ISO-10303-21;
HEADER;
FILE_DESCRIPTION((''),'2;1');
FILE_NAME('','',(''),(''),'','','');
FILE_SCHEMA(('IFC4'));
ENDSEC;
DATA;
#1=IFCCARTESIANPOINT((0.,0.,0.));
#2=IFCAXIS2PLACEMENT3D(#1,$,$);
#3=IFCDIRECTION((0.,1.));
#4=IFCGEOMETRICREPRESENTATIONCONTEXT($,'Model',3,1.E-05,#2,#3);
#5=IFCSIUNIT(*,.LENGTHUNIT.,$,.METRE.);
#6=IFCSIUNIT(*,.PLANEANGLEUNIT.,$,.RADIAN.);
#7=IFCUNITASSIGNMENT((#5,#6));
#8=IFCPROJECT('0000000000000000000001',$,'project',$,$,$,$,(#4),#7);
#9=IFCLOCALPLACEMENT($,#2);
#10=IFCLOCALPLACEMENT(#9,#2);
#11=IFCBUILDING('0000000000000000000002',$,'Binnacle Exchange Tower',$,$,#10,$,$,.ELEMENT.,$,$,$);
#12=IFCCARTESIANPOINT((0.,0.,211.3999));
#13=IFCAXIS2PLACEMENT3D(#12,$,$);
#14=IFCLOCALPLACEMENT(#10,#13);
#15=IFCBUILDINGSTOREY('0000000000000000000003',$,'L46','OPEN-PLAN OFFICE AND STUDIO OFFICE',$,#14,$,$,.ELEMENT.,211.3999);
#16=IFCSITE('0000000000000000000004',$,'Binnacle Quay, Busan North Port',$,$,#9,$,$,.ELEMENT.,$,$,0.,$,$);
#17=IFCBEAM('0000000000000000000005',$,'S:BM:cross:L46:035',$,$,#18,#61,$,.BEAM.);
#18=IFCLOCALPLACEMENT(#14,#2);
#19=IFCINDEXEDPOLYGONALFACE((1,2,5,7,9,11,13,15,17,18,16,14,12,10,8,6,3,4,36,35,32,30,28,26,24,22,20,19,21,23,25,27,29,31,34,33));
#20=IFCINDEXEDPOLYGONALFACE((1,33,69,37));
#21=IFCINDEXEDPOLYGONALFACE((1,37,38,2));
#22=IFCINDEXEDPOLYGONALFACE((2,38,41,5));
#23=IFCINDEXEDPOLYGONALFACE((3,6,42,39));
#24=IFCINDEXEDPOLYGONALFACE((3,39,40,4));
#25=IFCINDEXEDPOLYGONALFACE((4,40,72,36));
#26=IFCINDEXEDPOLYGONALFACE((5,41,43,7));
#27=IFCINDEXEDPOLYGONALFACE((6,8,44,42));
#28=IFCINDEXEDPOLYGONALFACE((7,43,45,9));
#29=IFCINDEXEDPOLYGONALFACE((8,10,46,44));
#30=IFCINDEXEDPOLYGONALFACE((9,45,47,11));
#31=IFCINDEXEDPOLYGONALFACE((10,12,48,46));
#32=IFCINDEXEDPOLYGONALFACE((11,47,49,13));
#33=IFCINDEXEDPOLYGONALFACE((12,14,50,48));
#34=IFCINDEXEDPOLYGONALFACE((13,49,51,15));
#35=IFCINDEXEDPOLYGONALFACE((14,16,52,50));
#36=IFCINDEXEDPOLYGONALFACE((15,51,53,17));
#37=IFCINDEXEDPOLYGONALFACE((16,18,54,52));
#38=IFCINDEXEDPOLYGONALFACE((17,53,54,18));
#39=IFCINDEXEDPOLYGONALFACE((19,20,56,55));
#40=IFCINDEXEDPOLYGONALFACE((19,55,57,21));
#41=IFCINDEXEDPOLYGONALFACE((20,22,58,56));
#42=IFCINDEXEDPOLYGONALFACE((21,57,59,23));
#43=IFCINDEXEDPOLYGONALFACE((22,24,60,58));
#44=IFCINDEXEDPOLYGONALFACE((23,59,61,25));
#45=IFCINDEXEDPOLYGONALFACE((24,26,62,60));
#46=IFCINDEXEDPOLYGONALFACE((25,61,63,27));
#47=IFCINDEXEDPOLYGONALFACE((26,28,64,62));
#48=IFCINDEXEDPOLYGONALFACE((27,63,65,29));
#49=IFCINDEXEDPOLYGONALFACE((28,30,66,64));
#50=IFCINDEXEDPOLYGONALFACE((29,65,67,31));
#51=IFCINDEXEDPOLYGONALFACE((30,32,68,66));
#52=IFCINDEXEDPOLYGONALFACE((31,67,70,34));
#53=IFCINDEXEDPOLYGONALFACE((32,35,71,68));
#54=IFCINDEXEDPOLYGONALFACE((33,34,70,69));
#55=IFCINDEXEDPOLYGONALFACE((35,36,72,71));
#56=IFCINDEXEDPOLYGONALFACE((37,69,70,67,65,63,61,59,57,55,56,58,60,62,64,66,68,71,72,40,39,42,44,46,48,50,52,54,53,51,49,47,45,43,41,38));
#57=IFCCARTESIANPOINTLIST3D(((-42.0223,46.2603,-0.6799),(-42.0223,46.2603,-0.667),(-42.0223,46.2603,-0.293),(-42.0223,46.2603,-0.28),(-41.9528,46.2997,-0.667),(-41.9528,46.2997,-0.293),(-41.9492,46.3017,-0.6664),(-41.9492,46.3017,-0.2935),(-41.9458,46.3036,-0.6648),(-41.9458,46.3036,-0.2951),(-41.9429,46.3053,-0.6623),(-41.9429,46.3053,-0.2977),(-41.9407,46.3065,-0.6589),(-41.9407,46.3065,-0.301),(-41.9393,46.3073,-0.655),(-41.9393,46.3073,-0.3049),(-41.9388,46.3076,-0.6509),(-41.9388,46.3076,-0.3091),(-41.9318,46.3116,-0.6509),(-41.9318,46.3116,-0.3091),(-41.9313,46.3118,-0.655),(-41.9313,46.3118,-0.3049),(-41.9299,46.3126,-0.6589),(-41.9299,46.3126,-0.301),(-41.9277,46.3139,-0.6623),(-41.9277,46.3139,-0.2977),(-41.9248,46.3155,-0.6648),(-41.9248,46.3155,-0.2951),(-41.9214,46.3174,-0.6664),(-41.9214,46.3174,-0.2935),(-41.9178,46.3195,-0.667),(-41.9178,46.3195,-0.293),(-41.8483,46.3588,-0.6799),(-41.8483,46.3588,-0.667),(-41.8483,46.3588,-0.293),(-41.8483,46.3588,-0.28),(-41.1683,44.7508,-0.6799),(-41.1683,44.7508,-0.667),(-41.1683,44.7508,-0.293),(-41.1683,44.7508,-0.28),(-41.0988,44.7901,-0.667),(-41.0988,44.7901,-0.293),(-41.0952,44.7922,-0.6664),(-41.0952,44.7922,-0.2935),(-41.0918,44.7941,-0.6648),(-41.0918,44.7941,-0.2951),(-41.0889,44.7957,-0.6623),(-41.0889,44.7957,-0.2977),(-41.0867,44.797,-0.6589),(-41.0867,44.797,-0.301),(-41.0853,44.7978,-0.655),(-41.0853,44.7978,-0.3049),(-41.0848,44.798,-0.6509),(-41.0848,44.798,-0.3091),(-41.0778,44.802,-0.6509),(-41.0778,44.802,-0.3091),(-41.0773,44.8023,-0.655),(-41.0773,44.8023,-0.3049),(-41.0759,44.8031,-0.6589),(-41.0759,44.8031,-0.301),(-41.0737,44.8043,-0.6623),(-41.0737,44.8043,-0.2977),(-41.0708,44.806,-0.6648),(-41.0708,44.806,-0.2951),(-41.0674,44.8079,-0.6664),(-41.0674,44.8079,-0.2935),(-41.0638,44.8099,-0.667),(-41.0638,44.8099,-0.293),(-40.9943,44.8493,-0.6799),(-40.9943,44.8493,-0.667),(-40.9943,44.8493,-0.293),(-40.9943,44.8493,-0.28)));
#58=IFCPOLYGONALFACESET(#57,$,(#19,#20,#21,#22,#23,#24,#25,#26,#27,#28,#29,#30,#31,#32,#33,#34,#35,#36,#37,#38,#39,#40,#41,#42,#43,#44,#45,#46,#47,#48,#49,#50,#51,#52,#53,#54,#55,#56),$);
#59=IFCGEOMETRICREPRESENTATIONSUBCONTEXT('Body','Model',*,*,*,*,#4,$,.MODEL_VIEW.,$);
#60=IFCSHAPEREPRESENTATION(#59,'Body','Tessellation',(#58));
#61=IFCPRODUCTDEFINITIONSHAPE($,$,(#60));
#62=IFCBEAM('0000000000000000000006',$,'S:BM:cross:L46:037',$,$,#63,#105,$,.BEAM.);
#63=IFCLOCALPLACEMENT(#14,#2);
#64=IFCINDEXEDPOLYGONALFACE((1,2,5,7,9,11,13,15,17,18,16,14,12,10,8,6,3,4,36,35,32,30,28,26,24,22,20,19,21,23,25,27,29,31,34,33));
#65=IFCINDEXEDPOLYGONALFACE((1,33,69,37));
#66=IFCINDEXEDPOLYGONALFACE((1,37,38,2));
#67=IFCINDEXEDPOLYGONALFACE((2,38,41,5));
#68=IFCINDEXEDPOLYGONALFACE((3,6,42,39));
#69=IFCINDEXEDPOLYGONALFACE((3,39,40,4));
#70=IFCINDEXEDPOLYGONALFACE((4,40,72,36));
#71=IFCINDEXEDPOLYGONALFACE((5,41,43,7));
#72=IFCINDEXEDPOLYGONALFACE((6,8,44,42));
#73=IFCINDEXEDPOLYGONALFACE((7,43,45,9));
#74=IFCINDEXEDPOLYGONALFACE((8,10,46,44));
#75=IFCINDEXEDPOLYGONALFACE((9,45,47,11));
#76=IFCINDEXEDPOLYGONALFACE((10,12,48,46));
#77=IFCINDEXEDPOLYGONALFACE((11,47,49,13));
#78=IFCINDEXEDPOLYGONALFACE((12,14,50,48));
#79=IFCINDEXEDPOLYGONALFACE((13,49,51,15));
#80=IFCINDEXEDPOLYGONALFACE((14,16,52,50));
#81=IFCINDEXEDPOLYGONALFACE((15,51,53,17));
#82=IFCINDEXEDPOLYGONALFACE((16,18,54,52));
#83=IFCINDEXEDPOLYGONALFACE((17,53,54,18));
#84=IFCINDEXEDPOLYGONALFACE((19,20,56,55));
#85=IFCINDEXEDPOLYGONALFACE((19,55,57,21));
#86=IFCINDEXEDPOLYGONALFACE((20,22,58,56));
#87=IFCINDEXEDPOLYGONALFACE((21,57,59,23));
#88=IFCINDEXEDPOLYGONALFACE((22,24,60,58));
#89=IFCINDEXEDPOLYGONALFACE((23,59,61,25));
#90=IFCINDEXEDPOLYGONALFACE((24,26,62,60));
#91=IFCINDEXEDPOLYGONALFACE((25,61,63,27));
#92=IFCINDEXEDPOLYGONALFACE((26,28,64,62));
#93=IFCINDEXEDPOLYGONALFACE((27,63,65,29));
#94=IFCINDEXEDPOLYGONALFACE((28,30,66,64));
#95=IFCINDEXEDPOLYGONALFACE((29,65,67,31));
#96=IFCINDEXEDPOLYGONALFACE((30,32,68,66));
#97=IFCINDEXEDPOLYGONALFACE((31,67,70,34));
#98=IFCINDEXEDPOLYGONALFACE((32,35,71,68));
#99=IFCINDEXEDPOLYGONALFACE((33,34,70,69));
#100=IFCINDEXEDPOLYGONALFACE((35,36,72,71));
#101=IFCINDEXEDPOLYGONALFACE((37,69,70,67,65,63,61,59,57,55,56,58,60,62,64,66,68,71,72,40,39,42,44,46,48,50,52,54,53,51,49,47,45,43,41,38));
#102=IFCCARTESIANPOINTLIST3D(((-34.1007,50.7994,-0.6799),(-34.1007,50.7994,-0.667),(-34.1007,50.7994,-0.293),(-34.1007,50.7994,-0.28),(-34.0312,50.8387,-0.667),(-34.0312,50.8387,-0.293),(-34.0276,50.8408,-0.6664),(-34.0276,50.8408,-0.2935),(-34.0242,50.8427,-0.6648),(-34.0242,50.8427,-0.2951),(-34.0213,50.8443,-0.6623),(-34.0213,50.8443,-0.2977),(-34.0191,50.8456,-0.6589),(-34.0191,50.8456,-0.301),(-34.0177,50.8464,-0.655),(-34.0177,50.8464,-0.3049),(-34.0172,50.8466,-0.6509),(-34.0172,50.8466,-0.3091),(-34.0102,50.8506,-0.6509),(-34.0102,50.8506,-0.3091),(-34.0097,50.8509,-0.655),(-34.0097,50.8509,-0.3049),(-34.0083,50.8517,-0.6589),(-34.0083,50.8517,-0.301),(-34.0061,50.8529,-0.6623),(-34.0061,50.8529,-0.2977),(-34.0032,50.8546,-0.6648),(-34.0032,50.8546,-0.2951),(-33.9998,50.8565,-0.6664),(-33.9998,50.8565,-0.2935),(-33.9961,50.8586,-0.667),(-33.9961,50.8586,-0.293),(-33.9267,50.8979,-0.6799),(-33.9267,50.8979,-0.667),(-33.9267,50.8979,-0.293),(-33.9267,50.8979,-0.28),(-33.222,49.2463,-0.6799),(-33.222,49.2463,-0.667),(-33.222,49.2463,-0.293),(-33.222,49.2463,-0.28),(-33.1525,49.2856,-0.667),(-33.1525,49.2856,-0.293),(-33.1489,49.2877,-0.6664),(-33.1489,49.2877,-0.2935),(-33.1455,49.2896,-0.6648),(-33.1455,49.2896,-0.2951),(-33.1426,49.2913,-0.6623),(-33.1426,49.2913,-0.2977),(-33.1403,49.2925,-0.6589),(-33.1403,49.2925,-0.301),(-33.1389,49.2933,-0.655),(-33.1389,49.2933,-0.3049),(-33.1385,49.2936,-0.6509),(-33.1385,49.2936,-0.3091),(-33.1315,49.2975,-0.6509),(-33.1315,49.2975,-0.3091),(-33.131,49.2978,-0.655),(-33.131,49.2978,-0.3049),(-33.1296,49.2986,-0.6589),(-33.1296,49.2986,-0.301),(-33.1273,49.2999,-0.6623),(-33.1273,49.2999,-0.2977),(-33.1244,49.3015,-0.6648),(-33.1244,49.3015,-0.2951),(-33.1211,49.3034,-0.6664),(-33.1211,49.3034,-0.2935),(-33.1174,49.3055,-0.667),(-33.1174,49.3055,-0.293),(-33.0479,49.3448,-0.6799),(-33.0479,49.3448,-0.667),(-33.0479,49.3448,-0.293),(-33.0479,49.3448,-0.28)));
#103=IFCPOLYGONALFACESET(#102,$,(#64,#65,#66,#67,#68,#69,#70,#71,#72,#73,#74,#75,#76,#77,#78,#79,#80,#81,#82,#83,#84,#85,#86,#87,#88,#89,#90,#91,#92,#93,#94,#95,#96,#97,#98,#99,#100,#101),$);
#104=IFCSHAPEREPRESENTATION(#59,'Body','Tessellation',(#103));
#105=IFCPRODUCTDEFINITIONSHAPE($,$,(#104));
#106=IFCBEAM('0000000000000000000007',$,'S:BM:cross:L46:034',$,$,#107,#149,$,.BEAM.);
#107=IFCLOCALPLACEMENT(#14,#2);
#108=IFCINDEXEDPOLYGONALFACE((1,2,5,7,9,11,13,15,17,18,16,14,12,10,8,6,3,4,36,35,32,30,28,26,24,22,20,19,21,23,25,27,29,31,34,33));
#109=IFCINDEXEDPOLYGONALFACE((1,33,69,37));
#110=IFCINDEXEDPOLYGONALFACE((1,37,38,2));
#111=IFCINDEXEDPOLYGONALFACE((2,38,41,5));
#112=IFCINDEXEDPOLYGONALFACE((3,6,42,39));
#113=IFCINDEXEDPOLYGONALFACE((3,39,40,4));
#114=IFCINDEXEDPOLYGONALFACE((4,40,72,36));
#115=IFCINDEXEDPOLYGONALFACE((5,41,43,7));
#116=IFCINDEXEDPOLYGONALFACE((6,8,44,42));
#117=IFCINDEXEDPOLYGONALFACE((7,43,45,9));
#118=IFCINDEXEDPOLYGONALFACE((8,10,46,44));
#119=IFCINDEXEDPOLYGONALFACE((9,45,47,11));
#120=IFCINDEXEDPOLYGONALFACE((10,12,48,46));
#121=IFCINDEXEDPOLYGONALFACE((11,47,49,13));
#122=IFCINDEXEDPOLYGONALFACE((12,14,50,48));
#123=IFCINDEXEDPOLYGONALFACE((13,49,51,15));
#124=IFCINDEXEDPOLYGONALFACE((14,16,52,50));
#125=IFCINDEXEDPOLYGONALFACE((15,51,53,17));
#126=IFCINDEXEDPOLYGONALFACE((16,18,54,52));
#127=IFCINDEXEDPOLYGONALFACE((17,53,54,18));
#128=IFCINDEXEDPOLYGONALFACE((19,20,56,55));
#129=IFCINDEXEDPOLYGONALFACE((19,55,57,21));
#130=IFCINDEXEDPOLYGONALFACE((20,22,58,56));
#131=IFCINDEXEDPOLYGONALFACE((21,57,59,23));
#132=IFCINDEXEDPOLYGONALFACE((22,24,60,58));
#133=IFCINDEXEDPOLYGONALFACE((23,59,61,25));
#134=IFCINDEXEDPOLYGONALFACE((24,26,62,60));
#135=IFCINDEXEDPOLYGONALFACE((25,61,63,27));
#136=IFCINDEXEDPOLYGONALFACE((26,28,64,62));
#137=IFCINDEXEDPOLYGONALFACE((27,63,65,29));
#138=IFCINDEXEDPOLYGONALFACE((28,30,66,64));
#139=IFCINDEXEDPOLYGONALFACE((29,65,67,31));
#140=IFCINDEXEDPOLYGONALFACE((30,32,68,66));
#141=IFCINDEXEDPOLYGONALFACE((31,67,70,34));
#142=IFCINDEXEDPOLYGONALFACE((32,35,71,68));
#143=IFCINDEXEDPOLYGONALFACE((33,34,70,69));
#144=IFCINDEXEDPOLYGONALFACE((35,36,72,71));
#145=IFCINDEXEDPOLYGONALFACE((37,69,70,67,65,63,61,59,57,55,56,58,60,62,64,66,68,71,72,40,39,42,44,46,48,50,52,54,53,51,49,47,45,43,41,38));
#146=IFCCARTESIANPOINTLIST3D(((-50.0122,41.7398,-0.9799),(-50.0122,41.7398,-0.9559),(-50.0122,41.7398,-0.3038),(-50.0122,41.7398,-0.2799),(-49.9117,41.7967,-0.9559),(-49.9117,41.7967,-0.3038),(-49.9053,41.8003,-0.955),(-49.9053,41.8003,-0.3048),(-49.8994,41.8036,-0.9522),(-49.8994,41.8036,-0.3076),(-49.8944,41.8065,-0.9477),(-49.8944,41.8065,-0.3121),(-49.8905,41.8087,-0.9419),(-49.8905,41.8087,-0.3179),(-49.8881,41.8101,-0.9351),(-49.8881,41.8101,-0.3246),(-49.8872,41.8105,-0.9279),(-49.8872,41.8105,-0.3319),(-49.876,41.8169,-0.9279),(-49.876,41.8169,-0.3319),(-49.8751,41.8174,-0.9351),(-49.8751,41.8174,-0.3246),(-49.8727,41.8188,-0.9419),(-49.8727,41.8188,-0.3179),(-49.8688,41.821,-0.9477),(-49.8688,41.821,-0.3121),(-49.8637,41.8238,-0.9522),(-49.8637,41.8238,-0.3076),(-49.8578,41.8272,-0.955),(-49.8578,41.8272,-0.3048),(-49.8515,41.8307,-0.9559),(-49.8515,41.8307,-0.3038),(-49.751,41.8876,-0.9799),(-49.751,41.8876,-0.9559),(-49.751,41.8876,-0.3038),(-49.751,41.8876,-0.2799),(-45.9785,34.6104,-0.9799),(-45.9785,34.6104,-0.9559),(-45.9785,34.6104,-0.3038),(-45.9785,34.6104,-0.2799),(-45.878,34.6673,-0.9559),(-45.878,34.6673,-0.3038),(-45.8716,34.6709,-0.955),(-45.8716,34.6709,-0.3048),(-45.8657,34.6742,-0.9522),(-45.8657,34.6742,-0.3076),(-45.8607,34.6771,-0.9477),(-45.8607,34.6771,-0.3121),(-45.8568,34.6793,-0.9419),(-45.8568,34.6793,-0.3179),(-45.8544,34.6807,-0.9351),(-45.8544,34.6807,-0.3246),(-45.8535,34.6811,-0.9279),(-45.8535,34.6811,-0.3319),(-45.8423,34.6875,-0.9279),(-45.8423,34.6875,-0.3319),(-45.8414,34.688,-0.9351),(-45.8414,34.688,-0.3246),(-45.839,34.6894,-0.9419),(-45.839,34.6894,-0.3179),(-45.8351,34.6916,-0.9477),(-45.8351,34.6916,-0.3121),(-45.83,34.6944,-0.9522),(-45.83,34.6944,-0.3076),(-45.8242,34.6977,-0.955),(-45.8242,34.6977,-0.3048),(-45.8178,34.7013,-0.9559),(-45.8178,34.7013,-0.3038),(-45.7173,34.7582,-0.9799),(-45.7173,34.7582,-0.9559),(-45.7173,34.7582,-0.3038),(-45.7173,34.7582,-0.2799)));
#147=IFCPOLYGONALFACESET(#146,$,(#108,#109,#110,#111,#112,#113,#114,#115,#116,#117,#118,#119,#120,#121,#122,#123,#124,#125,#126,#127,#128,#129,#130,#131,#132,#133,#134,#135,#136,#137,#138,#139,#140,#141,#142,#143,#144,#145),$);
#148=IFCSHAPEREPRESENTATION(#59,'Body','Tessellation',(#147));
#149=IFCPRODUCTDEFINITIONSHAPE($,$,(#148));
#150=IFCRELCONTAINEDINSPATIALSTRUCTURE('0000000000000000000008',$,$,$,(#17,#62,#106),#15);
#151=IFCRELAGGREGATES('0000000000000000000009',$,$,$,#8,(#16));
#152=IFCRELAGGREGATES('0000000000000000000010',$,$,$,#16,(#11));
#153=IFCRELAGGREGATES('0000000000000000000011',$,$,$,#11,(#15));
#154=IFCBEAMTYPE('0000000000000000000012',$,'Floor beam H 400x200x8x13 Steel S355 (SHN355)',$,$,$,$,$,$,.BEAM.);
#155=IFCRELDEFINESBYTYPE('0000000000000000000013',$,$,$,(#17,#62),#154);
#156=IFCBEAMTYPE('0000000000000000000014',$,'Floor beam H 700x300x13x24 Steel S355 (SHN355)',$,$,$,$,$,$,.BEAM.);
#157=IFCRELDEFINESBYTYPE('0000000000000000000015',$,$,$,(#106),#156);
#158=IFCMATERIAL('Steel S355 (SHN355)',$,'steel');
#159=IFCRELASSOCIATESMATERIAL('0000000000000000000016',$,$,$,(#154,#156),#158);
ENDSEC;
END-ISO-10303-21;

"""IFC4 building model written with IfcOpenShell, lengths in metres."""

from ifc_helpers import new_model, si_unit, direction, frame, origin, origin_2d, place, context, subcontext, project, spatial, i_section, extrude, material, material_profile, profile_set, type_object, element, save


model = new_model("IFC4")

# Units and contexts
model_context = context("Model", 3, precision=1e-05, world=origin(), true_north=direction((0.0, 1.0)))
body_context = subcontext(model_context, "Body", "Model", "MODEL_VIEW")
ifc_project = project(units=[si_unit("LENGTHUNIT", "METRE"), si_unit("PLANEANGLEUNIT", "RADIAN")], contexts=[model_context])

# Site, building, storey
site_placement = place(None, origin())
site = spatial("IfcSite", under=ifc_project, at=site_placement, Name="Binnacle Quay, Busan North Port", CompositionType="ELEMENT", RefElevation=0.0)
building_placement = place(site_placement, origin())
building = spatial("IfcBuilding", under=site, at=building_placement, Name="Binnacle Exchange Tower", CompositionType="ELEMENT")
storey_placement = place(building_placement, frame((0.0, 0.0, 211.3999)))
storey = spatial("IfcBuildingStorey", under=building, at=storey_placement, Name="L46", Description="OPEN-PLAN OFFICE AND STUDIO OFFICE", CompositionType="ELEMENT", Elevation=211.3999)

# Beams
ifc_material_1 = material(Name="Steel S355 (SHN355)", Category="steel")
ifc_material_profile_1 = material_profile(ifc_material_1, i_section(OverallWidth=0.2, OverallDepth=0.3999, WebThickness=0.0081, FlangeThickness=0.0129, FilletRadius=0.0161, at=origin_2d()), Name="H 400x200x8x13")
ifc_profile_set_1 = profile_set([ifc_material_profile_1], Name="Steel S355 (SHN355)")
beam_type_1 = type_object("IfcBeamType", Name="Floor beam H 400x200x8x13 Steel S355 (SHN355)", PredefinedType="BEAM", material=ifc_profile_set_1)
beam_1_placement = place(storey_placement, frame((-41.9353, 46.3096, -0.48), z_axis=(0.492405, -0.870366, 0.0), x_axis=(0.870366, 0.492405, 0.0)))
element("IfcBeam", 1, at=beam_1_placement, inside=storey, type_object=beam_type_1, Name="S:BM:cross:L46:035", PredefinedType="BEAM", context=body_context, shape_type="SweptSolid", body=[
    extrude(i_section(OverallWidth=0.2, OverallDepth=0.3999, WebThickness=0.0081, FlangeThickness=0.0129, FilletRadius=0.0161, at=origin_2d()), origin(), (0.0, 0.0, 1.0), 1.7344),
])
beam_2_placement = place(storey_placement, frame((-34.0137, 50.8486, -0.48), z_axis=(0.492436, -0.870349, 0.0), x_axis=(0.870349, 0.492436, 0.0)))
element("IfcBeam", 2, at=beam_2_placement, inside=storey, type_object=beam_type_1, Name="S:BM:cross:L46:037", PredefinedType="BEAM", context=body_context, shape_type="SweptSolid", body=[
    extrude(i_section(OverallWidth=0.2, OverallDepth=0.3999, WebThickness=0.0081, FlangeThickness=0.0129, FilletRadius=0.0161, at=origin_2d()), origin(), (0.0, 0.0, 1.0), 1.7844),
])
ifc_material_profile_2 = material_profile(ifc_material_1, i_section(OverallWidth=0.3, OverallDepth=0.7, WebThickness=0.0129, FlangeThickness=0.0239, FilletRadius=0.0281, at=origin_2d()), Name="H 700x300x13x24")
ifc_profile_set_2 = profile_set([ifc_material_profile_2], Name="Steel S355 (SHN355)")
beam_type_2 = type_object("IfcBeamType", Name="Floor beam H 700x300x13x24 Steel S355 (SHN355)", PredefinedType="BEAM", material=ifc_profile_set_2)
beam_3_placement = place(storey_placement, frame((-49.8816, 41.8137, -0.6299), z_axis=(0.49243, -0.870352, 0.0), x_axis=(0.870352, 0.49243, 0.0)))
element("IfcBeam", 3, at=beam_3_placement, inside=storey, type_object=beam_type_2, Name="S:BM:cross:L46:034", PredefinedType="BEAM", context=body_context, shape_type="SweptSolid", body=[
    extrude(i_section(OverallWidth=0.3, OverallDepth=0.7, WebThickness=0.0129, FlangeThickness=0.0239, FilletRadius=0.0281, at=origin_2d()), origin(), (0.0, 0.0, 1.0), 8.1914),
])

save(model, "model.ifc")
